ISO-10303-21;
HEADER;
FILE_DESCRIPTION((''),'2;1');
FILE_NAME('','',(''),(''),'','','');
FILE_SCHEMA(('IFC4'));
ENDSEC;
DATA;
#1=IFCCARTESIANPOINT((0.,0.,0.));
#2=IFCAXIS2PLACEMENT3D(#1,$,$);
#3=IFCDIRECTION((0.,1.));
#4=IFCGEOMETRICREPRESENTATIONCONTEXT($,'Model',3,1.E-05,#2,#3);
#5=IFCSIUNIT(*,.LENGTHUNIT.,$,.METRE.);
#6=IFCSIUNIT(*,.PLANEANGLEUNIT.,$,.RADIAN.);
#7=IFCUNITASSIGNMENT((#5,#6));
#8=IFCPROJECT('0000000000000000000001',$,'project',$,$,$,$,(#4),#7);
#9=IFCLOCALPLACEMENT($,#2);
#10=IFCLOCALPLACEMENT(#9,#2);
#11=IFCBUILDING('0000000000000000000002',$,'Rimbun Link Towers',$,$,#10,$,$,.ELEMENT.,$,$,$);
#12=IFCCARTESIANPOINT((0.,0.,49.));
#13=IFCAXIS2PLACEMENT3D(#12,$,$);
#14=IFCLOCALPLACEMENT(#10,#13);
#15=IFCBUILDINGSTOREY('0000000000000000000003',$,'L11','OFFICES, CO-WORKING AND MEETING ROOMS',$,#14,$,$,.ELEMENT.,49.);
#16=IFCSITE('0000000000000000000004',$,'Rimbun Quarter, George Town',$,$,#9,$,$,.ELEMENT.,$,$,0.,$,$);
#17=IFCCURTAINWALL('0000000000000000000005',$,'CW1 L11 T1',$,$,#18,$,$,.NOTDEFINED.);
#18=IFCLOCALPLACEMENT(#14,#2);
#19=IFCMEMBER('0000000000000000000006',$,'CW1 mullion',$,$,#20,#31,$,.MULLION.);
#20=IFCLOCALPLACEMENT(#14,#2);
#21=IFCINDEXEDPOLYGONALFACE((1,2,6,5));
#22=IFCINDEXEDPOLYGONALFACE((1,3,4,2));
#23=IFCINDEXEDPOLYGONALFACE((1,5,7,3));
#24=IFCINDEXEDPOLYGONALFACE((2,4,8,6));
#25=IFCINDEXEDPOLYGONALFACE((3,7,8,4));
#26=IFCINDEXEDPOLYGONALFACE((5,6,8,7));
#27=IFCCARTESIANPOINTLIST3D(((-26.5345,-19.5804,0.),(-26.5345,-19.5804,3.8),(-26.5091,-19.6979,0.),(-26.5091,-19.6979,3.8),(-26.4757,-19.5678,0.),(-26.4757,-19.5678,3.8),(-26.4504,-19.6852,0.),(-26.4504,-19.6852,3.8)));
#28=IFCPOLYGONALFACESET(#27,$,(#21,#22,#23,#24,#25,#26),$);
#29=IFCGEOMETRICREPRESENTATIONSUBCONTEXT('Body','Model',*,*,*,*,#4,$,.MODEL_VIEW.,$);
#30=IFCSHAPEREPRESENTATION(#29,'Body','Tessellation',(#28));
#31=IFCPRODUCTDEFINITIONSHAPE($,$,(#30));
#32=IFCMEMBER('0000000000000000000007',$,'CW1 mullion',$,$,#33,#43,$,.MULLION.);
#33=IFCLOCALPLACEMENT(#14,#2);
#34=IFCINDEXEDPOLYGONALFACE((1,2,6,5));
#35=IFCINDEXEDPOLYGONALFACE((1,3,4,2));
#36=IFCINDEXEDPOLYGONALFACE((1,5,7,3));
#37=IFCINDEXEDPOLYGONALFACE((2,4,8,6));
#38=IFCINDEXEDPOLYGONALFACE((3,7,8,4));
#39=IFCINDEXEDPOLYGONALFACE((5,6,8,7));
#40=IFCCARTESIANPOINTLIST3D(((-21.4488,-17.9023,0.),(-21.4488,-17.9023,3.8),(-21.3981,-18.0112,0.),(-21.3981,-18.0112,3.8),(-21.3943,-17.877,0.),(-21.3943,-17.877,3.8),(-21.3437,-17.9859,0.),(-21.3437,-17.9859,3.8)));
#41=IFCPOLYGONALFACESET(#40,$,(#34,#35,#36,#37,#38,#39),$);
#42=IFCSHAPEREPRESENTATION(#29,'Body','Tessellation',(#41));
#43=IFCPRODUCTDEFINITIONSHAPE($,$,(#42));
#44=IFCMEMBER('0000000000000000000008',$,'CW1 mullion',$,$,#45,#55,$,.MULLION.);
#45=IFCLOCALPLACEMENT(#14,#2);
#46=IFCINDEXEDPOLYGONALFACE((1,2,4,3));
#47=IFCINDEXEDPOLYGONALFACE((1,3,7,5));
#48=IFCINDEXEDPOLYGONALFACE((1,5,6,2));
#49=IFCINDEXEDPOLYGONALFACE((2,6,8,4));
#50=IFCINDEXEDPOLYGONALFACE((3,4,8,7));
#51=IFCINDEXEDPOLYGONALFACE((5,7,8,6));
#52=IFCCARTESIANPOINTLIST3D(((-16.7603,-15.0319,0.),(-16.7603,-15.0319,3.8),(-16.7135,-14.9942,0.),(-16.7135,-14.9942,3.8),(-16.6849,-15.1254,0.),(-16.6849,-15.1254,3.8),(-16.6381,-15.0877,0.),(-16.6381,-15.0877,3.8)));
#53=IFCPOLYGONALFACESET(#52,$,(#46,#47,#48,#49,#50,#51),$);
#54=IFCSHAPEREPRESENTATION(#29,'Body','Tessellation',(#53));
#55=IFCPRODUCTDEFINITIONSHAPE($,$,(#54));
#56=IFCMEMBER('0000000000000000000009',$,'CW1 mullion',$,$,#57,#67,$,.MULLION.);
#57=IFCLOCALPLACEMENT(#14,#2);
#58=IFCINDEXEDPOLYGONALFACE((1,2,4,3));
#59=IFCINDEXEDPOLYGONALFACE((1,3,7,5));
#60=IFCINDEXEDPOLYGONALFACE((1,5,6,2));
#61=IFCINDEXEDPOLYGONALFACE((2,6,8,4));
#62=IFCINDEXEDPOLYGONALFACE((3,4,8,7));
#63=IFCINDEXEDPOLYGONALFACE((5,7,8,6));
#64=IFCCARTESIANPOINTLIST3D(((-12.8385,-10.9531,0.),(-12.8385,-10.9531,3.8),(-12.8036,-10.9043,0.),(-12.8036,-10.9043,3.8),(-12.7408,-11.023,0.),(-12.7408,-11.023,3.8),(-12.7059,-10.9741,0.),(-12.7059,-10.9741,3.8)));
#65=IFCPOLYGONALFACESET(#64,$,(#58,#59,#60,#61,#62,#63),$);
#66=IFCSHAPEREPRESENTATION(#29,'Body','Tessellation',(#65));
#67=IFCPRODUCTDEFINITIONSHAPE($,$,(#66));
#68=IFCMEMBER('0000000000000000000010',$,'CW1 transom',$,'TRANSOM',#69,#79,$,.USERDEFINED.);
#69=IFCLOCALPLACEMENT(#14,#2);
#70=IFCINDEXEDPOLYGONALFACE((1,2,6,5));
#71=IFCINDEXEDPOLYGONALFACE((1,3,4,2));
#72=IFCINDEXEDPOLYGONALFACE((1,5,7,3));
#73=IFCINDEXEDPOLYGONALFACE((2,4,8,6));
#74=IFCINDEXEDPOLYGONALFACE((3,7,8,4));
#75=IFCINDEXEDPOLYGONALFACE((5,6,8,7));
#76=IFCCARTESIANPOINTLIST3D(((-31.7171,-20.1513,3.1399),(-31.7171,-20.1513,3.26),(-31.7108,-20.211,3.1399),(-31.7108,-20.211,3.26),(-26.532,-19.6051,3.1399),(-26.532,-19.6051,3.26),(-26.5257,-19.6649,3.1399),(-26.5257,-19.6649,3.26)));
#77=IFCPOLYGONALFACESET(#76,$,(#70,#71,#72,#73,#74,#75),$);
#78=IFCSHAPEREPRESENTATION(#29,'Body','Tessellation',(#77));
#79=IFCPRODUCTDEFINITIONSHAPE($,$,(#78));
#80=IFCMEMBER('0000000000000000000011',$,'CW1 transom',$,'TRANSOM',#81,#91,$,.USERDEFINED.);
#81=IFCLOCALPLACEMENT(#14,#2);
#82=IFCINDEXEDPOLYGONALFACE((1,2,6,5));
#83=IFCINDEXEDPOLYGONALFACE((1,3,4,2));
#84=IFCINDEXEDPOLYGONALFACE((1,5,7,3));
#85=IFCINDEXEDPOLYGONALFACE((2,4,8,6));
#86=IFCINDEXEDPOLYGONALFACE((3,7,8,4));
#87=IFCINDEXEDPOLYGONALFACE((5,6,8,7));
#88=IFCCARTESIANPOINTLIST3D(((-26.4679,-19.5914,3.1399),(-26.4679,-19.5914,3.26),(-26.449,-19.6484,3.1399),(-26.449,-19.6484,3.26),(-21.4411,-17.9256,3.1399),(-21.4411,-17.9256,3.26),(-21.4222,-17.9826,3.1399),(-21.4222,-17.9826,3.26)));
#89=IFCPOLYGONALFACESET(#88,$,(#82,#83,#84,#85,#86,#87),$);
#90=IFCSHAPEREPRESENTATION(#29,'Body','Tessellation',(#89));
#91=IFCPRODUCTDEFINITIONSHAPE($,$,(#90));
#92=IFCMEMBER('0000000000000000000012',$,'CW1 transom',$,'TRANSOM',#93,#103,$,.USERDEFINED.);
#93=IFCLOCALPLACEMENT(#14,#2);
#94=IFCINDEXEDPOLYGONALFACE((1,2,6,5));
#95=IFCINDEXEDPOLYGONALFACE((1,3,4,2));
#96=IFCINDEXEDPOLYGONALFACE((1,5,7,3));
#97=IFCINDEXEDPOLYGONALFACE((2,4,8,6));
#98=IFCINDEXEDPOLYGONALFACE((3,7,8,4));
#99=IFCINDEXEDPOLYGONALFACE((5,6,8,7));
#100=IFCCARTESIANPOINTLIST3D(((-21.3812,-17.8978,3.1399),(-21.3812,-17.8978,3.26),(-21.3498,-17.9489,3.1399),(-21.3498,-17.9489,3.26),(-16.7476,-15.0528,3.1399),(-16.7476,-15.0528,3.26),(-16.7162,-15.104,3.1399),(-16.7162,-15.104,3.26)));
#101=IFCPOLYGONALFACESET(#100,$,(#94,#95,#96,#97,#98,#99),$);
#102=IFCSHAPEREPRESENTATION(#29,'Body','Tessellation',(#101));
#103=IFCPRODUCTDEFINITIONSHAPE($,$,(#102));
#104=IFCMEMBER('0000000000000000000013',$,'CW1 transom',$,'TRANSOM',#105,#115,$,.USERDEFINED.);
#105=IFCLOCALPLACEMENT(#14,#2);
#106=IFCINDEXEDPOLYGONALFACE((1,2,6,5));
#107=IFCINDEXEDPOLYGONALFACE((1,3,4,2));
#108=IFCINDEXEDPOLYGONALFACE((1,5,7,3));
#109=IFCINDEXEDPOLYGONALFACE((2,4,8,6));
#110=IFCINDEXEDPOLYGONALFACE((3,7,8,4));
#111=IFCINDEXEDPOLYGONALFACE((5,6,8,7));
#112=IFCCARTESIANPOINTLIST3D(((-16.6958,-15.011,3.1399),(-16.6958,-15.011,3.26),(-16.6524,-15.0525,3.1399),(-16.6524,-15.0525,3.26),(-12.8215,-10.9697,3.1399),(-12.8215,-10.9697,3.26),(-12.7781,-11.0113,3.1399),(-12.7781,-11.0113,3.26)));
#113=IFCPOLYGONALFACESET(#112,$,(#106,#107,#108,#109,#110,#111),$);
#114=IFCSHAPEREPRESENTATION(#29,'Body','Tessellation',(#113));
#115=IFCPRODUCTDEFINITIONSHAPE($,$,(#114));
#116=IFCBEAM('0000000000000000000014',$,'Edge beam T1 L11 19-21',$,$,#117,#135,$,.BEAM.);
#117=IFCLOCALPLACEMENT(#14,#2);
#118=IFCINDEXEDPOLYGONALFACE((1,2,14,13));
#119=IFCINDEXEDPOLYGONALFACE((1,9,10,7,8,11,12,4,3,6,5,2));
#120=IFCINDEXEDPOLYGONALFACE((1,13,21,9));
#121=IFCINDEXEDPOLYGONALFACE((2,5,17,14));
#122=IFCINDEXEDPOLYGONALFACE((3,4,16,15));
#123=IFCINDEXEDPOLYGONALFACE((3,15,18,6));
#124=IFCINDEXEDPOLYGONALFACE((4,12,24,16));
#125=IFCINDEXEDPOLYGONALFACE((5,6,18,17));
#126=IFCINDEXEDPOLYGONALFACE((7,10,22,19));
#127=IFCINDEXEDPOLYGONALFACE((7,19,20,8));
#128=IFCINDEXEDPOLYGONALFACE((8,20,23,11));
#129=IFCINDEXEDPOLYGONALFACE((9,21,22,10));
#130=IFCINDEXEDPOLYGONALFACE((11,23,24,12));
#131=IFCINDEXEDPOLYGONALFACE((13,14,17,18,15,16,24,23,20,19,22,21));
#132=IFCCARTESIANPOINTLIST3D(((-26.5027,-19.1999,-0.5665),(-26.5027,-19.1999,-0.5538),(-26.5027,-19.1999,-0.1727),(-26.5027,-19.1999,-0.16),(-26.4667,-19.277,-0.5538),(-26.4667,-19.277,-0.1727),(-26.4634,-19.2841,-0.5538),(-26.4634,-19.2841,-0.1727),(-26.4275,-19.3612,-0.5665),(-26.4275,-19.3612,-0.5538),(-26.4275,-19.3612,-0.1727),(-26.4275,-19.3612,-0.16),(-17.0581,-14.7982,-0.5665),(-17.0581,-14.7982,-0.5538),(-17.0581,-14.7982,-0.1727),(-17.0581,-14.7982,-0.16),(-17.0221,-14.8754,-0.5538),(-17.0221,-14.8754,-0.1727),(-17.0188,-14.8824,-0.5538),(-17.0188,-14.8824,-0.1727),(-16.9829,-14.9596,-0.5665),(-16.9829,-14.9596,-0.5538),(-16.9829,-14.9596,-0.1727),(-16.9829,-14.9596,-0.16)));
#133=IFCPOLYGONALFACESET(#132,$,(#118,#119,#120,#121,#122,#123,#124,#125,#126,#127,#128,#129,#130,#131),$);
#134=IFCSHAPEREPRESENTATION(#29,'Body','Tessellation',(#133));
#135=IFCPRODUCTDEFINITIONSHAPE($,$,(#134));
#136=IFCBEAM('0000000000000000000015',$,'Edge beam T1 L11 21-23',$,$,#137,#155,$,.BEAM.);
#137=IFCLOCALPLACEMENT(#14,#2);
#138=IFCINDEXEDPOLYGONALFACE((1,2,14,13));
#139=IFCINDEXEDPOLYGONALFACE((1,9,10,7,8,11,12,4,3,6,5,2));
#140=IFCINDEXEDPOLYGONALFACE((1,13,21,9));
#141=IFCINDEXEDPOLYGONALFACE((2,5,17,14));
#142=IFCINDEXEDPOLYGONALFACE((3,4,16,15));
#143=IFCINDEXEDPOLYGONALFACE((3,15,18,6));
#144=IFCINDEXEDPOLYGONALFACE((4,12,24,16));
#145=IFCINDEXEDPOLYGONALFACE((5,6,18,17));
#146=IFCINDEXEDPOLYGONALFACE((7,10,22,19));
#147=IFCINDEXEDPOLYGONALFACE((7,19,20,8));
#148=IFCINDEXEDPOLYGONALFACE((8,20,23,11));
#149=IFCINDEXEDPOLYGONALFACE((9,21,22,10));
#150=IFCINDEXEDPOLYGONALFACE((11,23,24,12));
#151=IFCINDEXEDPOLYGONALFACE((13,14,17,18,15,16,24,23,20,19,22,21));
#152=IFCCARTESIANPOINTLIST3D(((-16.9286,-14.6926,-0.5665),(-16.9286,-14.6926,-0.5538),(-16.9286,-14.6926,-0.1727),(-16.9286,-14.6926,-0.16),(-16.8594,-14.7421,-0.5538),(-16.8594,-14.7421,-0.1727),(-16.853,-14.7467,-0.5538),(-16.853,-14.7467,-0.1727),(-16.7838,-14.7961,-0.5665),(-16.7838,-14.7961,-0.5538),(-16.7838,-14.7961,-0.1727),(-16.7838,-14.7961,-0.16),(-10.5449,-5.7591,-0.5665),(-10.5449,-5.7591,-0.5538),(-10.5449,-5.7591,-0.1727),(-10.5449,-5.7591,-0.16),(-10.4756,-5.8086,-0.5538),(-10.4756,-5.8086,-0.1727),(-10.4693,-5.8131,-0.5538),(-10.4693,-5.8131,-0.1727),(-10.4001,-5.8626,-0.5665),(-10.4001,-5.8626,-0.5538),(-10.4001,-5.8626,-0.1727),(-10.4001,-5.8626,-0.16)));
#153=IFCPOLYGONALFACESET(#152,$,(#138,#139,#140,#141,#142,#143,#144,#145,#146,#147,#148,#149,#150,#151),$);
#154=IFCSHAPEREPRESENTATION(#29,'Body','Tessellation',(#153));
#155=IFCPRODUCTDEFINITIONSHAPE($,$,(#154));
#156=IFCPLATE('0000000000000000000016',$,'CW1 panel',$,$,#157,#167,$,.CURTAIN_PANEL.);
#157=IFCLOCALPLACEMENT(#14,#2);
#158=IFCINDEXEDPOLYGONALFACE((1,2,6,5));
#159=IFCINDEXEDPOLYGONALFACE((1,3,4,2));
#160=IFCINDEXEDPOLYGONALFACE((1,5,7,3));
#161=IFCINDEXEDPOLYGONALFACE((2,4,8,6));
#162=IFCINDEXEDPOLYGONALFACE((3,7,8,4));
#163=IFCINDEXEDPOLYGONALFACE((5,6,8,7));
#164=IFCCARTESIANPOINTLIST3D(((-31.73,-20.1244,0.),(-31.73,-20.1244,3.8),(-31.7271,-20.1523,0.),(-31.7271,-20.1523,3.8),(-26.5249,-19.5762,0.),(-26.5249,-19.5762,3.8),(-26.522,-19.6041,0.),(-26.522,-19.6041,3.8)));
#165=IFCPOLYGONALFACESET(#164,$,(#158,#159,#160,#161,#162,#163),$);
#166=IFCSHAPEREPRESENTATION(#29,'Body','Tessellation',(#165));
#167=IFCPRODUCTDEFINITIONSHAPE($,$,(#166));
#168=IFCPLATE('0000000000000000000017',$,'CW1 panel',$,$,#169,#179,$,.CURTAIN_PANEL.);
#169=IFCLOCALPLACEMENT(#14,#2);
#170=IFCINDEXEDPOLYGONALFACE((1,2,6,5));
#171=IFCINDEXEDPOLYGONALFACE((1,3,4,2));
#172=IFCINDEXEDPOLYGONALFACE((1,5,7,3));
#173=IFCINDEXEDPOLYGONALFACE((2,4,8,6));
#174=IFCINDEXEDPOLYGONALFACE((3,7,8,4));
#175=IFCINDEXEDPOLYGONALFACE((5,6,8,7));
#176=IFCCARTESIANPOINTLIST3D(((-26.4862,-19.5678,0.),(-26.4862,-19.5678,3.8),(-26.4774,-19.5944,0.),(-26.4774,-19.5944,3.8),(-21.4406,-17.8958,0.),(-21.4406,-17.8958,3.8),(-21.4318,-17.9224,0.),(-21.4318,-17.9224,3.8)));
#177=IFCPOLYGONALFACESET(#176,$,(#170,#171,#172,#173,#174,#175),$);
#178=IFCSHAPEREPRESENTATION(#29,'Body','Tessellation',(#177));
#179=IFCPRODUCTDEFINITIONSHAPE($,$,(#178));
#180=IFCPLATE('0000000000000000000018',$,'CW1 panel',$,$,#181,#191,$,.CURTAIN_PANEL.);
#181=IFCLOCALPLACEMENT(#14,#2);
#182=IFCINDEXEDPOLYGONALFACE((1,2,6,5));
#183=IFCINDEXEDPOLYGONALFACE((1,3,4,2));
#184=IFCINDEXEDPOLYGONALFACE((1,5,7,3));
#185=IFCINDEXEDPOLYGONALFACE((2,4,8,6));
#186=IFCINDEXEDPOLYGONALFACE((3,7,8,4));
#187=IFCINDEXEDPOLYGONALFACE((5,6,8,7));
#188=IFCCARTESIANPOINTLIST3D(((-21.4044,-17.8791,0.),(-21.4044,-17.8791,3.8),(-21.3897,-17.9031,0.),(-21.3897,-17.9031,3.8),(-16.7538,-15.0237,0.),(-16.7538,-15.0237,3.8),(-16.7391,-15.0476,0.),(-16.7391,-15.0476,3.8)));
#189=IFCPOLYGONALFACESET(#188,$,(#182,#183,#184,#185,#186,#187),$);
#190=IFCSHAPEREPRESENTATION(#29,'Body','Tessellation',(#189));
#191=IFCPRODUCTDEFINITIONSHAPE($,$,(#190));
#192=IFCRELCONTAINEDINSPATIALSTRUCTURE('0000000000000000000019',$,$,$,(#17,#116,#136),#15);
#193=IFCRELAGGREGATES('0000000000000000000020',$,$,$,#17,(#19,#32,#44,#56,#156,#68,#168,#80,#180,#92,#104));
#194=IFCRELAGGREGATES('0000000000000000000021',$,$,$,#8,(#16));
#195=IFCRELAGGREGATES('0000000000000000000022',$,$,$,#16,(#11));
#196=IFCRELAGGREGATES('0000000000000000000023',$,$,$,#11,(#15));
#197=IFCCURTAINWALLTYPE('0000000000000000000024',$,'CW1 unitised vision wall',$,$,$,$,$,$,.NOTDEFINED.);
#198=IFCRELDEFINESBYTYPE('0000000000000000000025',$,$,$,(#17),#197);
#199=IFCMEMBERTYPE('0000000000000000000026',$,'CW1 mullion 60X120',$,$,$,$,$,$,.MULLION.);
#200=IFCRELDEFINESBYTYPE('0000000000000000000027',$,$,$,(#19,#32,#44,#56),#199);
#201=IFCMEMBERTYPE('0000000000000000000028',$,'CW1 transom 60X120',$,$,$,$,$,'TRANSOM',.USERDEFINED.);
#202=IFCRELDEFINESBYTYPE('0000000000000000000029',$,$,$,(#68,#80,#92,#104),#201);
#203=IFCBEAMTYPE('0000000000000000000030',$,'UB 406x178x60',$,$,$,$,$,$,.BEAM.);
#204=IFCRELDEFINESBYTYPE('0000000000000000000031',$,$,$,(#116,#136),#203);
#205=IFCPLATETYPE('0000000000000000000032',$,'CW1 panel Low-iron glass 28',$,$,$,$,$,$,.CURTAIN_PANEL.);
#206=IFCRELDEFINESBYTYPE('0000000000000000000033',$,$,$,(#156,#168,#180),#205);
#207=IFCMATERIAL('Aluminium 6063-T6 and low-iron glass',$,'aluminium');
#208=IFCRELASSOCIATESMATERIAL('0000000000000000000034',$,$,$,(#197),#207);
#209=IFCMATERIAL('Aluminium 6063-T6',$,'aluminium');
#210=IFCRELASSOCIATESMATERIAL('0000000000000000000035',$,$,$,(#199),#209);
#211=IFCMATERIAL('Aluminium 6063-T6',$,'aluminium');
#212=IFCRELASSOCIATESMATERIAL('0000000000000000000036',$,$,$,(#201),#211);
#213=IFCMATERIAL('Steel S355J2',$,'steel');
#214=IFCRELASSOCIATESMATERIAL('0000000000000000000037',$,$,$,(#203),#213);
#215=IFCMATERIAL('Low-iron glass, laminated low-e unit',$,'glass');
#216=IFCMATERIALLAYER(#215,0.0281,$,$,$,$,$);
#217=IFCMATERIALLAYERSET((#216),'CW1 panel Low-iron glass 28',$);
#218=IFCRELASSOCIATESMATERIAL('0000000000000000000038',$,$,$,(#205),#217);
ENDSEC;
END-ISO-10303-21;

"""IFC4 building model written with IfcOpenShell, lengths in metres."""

from ifc_helpers import new_model, si_unit, direction, frame, origin, origin_2d, place, context, subcontext, project, spatial, rectangle, i_section, extrude, material, layer, layer_set, material_profile, profile_set, type_object, element, aggregate, save


model = new_model("IFC4")

# Units and contexts
model_context = context("Model", 3, precision=1e-05, world=origin(), true_north=direction((0.0, 1.0)))
body_context = subcontext(model_context, "Body", "Model", "MODEL_VIEW")
ifc_project = project(units=[si_unit("LENGTHUNIT", "METRE"), si_unit("PLANEANGLEUNIT", "RADIAN")], contexts=[model_context])

# Site, building, storey
site_placement = place(None, origin())
site = spatial("IfcSite", under=ifc_project, at=site_placement, Name="Rimbun Quarter, George Town", CompositionType="ELEMENT", RefElevation=0.0)
building_placement = place(site_placement, origin())
building = spatial("IfcBuilding", under=site, at=building_placement, Name="Rimbun Link Towers", CompositionType="ELEMENT")
storey_placement = place(building_placement, frame((0.0, 0.0, 49.0)))
storey = spatial("IfcBuildingStorey", under=building, at=storey_placement, Name="L11", Description="OFFICES, CO-WORKING AND MEETING ROOMS", CompositionType="ELEMENT", Elevation=49.0)

# Curtain wall, members
ifc_material_1 = material(Name="Aluminium 6063-T6 and low-iron glass", Category="aluminium")
curtain_wall_type = type_object("IfcCurtainWallType", Name="CW1 unitised vision wall", PredefinedType="NOTDEFINED", material=ifc_material_1)
curtain_wall_placement = place(storey_placement, origin())
curtain_wall = element("IfcCurtainWall", 1, at=curtain_wall_placement, inside=storey, type_object=curtain_wall_type, Name="CW1 L11 T1", PredefinedType="NOTDEFINED")
ifc_material_2 = material(Name="Aluminium 6063-T6", Category="aluminium")
ifc_material_profile_1 = material_profile(ifc_material_2, rectangle(XDim=0.1201, YDim=0.0601, at=origin_2d()), Name="MULLION 60X120")
ifc_profile_set_1 = profile_set([ifc_material_profile_1], Name="Aluminium 6063-T6")
member_type_1 = type_object("IfcMemberType", Name="CW1 mullion 60X120", PredefinedType="MULLION", material=ifc_profile_set_1)
member_1_placement = place(storey_placement, frame((-26.4924, -19.6328, 0.0), z_axis=(0.0, 0.0, 1.0), x_axis=(0.210868, -0.977515, 0.0)))
member_1 = element("IfcMember", 2, at=member_1_placement, type_object=member_type_1, Name="CW1 mullion", PredefinedType="MULLION", context=body_context, shape_type="SweptSolid", body=[
    extrude(rectangle(XDim=0.1201, YDim=0.0601, at=origin_2d()), origin(), (0.0, 0.0, 1.0), 3.8),
])
member_2_placement = place(storey_placement, frame((-21.3962, -17.9441, 0.0), z_axis=(0.0, 0.0, 1.0), x_axis=(0.421701, -0.906735, 0.0)))
member_2 = element("IfcMember", 3, at=member_2_placement, type_object=member_type_1, Name="CW1 mullion", PredefinedType="MULLION", context=body_context, shape_type="SweptSolid", body=[
    extrude(rectangle(XDim=0.1201, YDim=0.0601, at=origin_2d()), origin(), (0.0, 0.0, 1.0), 3.8),
])
member_3_placement = place(storey_placement, frame((-16.6992, -15.0598, 0.0), z_axis=(0.0, 0.0, 1.0), x_axis=(0.627672, -0.778478, 0.0)))
member_3 = element("IfcMember", 4, at=member_3_placement, type_object=member_type_1, Name="CW1 mullion", PredefinedType="MULLION", context=body_context, shape_type="SweptSolid", body=[
    extrude(rectangle(XDim=0.1201, YDim=0.0601, at=origin_2d()), origin(), (0.0, 0.0, 1.0), 3.8),
])
member_4_placement = place(storey_placement, frame((-12.7722, -10.9636, 0.0), z_axis=(0.0, 0.0, 1.0), x_axis=(0.813349, -0.581776, 0.0)))
member_4 = element("IfcMember", 5, at=member_4_placement, type_object=member_type_1, Name="CW1 mullion", PredefinedType="MULLION", context=body_context, shape_type="SweptSolid", body=[
    extrude(rectangle(XDim=0.1201, YDim=0.0601, at=origin_2d()), origin(), (0.0, 0.0, 1.0), 3.8),
])
ifc_material_3 = material(Name="Aluminium 6063-T6", Category="aluminium")
ifc_material_profile_2 = material_profile(ifc_material_3, rectangle(XDim=0.0601, YDim=0.1201, at=origin_2d()), Name="TRANSOM 60X120")
ifc_profile_set_2 = profile_set([ifc_material_profile_2], Name="Aluminium 6063-T6")
member_type_2 = type_object("IfcMemberType", Name="CW1 transom 60X120", ElementType="TRANSOM", PredefinedType="USERDEFINED", material=ifc_profile_set_2)
member_5_placement = place(storey_placement, frame((-26.5288, -19.635, 3.2), z_axis=(-0.994499, -0.104746, 0.0), x_axis=(0.104746, -0.994499, 0.0)))
member_5 = element("IfcMember", 6, at=member_5_placement, type_object=member_type_2, Name="CW1 transom", ObjectType="TRANSOM", PredefinedType="USERDEFINED", context=body_context, shape_type="SweptSolid", body=[
    extrude(rectangle(XDim=0.0601, YDim=0.1201, at=origin_2d()), origin(), (0.0, 0.0, 1.0), 5.2139),
])
member_6_placement = place(storey_placement, frame((-21.4316, -17.9541, 3.2), z_axis=(-0.94924, -0.314554, 0.0), x_axis=(0.314554, -0.94924, 0.0)))
member_6 = element("IfcMember", 7, at=member_6_placement, type_object=member_type_2, Name="CW1 transom", ObjectType="TRANSOM", PredefinedType="USERDEFINED", context=body_context, shape_type="SweptSolid", body=[
    extrude(rectangle(XDim=0.0601, YDim=0.1201, at=origin_2d()), origin(), (0.0, 0.0, 1.0), 5.2957),
])
member_7_placement = place(storey_placement, frame((-16.7319, -15.0784, 3.2), z_axis=(-0.852187, -0.523238, 0.0), x_axis=(0.523238, -0.852187, 0.0)))
member_7 = element("IfcMember", 8, at=member_7_placement, type_object=member_type_2, Name="CW1 transom", ObjectType="TRANSOM", PredefinedType="USERDEFINED", context=body_context, shape_type="SweptSolid", body=[
    extrude(rectangle(XDim=0.0601, YDim=0.1201, at=origin_2d()), origin(), (0.0, 0.0, 1.0), 5.4373),
])
member_8_placement = place(storey_placement, frame((-12.7998, -10.9905, 3.2), z_axis=(-0.692035, -0.721864, 0.0), x_axis=(0.721864, -0.692035, 0.0)))
member_8 = element("IfcMember", 9, at=member_8_placement, type_object=member_type_2, Name="CW1 transom", ObjectType="TRANSOM", PredefinedType="USERDEFINED", context=body_context, shape_type="SweptSolid", body=[
    extrude(rectangle(XDim=0.0601, YDim=0.1201, at=origin_2d()), origin(), (0.0, 0.0, 1.0), 5.5984),
])

# Beams
ifc_material_4 = material(Name="Steel S355J2", Category="steel")
ifc_material_profile_3 = material_profile(ifc_material_4, i_section(OverallWidth=0.178, OverallDepth=0.4065, WebThickness=0.0078, FlangeThickness=0.0127, at=origin_2d()), Name="UB 406x178x60")
ifc_profile_set_3 = profile_set([ifc_material_profile_3], Name="Steel S355J2")
beam_type = type_object("IfcBeamType", Name="UB 406x178x60", PredefinedType="BEAM", material=ifc_profile_set_3)
beam_1_placement = place(storey_placement, frame((-26.4651, -19.2805, -0.3633), z_axis=(0.906399, 0.422424, 0.0), x_axis=(-0.422424, 0.906399, 0.0)))
element("IfcBeam", 10, at=beam_1_placement, inside=storey, type_object=beam_type, Name="Edge beam T1 L11 19-21", PredefinedType="BEAM", context=body_context, shape_type="SweptSolid", body=[
    extrude(i_section(OverallWidth=0.178, OverallDepth=0.4065, WebThickness=0.0078, FlangeThickness=0.0127, at=origin_2d()), origin(), (0.0, 0.0, 1.0), 10.4199),
])
beam_2_placement = place(storey_placement, frame((-16.8562, -14.7444, -0.3633), z_axis=(0.581398, 0.813619, 0.0), x_axis=(-0.813619, 0.581398, 0.0)))
element("IfcBeam", 11, at=beam_2_placement, inside=storey, type_object=beam_type, Name="Edge beam T1 L11 21-23", PredefinedType="BEAM", context=body_context, shape_type="SweptSolid", body=[
    extrude(i_section(OverallWidth=0.178, OverallDepth=0.4065, WebThickness=0.0078, FlangeThickness=0.0127, at=origin_2d()), origin(), (0.0, 0.0, 1.0), 10.98),
])

# Plates
ifc_material_5 = material(Name="Low-iron glass, laminated low-e unit", Category="glass")
ifc_layer_1 = layer(ifc_material_5, 0.0281)
ifc_layer_set_1 = layer_set([ifc_layer_1], Name="CW1 panel Low-iron glass 28")
plate_type = type_object("IfcPlateType", Name="CW1 panel Low-iron glass 28", PredefinedType="CURTAIN_PANEL", material=ifc_layer_set_1)
plate_1_placement = place(storey_placement, frame((-29.126, -19.8643, 0.0), z_axis=(0.0, 0.0, 1.0), x_axis=(-0.994499, -0.104742, 0.0)))
plate_1 = element("IfcPlate", 12, at=plate_1_placement, type_object=plate_type, Name="CW1 panel", PredefinedType="CURTAIN_PANEL", context=body_context, shape_type="SweptSolid", body=[
    extrude(rectangle(XDim=5.2339, YDim=0.0281, at=origin_2d()), origin(), (0.0, 0.0, 1.0), 3.8),
])
plate_2_placement = place(storey_placement, frame((-23.959, -18.7451, 0.0), z_axis=(0.0, 0.0, 1.0), x_axis=(-0.949238, -0.314558, 0.0)))
plate_2 = element("IfcPlate", 13, at=plate_2_placement, type_object=plate_type, Name="CW1 panel", PredefinedType="CURTAIN_PANEL", context=body_context, shape_type="SweptSolid", body=[
    extrude(rectangle(XDim=5.3154, YDim=0.0281, at=origin_2d()), origin(), (0.0, 0.0, 1.0), 3.8),
])
plate_3_placement = place(storey_placement, frame((-19.0718, -16.4634, 0.0), z_axis=(0.0, 0.0, 1.0), x_axis=(-0.852185, -0.523241, 0.0)))
plate_3 = element("IfcPlate", 14, at=plate_3_placement, type_object=plate_type, Name="CW1 panel", PredefinedType="CURTAIN_PANEL", context=body_context, shape_type="SweptSolid", body=[
    extrude(rectangle(XDim=5.4573, YDim=0.0281, at=origin_2d()), origin(), (0.0, 0.0, 1.0), 3.8),
])
aggregate(curtain_wall, [member_1, member_2, member_3, member_4, plate_1, member_5, plate_2, member_6, plate_3, member_7, member_8])

save(model, "model.ifc")
